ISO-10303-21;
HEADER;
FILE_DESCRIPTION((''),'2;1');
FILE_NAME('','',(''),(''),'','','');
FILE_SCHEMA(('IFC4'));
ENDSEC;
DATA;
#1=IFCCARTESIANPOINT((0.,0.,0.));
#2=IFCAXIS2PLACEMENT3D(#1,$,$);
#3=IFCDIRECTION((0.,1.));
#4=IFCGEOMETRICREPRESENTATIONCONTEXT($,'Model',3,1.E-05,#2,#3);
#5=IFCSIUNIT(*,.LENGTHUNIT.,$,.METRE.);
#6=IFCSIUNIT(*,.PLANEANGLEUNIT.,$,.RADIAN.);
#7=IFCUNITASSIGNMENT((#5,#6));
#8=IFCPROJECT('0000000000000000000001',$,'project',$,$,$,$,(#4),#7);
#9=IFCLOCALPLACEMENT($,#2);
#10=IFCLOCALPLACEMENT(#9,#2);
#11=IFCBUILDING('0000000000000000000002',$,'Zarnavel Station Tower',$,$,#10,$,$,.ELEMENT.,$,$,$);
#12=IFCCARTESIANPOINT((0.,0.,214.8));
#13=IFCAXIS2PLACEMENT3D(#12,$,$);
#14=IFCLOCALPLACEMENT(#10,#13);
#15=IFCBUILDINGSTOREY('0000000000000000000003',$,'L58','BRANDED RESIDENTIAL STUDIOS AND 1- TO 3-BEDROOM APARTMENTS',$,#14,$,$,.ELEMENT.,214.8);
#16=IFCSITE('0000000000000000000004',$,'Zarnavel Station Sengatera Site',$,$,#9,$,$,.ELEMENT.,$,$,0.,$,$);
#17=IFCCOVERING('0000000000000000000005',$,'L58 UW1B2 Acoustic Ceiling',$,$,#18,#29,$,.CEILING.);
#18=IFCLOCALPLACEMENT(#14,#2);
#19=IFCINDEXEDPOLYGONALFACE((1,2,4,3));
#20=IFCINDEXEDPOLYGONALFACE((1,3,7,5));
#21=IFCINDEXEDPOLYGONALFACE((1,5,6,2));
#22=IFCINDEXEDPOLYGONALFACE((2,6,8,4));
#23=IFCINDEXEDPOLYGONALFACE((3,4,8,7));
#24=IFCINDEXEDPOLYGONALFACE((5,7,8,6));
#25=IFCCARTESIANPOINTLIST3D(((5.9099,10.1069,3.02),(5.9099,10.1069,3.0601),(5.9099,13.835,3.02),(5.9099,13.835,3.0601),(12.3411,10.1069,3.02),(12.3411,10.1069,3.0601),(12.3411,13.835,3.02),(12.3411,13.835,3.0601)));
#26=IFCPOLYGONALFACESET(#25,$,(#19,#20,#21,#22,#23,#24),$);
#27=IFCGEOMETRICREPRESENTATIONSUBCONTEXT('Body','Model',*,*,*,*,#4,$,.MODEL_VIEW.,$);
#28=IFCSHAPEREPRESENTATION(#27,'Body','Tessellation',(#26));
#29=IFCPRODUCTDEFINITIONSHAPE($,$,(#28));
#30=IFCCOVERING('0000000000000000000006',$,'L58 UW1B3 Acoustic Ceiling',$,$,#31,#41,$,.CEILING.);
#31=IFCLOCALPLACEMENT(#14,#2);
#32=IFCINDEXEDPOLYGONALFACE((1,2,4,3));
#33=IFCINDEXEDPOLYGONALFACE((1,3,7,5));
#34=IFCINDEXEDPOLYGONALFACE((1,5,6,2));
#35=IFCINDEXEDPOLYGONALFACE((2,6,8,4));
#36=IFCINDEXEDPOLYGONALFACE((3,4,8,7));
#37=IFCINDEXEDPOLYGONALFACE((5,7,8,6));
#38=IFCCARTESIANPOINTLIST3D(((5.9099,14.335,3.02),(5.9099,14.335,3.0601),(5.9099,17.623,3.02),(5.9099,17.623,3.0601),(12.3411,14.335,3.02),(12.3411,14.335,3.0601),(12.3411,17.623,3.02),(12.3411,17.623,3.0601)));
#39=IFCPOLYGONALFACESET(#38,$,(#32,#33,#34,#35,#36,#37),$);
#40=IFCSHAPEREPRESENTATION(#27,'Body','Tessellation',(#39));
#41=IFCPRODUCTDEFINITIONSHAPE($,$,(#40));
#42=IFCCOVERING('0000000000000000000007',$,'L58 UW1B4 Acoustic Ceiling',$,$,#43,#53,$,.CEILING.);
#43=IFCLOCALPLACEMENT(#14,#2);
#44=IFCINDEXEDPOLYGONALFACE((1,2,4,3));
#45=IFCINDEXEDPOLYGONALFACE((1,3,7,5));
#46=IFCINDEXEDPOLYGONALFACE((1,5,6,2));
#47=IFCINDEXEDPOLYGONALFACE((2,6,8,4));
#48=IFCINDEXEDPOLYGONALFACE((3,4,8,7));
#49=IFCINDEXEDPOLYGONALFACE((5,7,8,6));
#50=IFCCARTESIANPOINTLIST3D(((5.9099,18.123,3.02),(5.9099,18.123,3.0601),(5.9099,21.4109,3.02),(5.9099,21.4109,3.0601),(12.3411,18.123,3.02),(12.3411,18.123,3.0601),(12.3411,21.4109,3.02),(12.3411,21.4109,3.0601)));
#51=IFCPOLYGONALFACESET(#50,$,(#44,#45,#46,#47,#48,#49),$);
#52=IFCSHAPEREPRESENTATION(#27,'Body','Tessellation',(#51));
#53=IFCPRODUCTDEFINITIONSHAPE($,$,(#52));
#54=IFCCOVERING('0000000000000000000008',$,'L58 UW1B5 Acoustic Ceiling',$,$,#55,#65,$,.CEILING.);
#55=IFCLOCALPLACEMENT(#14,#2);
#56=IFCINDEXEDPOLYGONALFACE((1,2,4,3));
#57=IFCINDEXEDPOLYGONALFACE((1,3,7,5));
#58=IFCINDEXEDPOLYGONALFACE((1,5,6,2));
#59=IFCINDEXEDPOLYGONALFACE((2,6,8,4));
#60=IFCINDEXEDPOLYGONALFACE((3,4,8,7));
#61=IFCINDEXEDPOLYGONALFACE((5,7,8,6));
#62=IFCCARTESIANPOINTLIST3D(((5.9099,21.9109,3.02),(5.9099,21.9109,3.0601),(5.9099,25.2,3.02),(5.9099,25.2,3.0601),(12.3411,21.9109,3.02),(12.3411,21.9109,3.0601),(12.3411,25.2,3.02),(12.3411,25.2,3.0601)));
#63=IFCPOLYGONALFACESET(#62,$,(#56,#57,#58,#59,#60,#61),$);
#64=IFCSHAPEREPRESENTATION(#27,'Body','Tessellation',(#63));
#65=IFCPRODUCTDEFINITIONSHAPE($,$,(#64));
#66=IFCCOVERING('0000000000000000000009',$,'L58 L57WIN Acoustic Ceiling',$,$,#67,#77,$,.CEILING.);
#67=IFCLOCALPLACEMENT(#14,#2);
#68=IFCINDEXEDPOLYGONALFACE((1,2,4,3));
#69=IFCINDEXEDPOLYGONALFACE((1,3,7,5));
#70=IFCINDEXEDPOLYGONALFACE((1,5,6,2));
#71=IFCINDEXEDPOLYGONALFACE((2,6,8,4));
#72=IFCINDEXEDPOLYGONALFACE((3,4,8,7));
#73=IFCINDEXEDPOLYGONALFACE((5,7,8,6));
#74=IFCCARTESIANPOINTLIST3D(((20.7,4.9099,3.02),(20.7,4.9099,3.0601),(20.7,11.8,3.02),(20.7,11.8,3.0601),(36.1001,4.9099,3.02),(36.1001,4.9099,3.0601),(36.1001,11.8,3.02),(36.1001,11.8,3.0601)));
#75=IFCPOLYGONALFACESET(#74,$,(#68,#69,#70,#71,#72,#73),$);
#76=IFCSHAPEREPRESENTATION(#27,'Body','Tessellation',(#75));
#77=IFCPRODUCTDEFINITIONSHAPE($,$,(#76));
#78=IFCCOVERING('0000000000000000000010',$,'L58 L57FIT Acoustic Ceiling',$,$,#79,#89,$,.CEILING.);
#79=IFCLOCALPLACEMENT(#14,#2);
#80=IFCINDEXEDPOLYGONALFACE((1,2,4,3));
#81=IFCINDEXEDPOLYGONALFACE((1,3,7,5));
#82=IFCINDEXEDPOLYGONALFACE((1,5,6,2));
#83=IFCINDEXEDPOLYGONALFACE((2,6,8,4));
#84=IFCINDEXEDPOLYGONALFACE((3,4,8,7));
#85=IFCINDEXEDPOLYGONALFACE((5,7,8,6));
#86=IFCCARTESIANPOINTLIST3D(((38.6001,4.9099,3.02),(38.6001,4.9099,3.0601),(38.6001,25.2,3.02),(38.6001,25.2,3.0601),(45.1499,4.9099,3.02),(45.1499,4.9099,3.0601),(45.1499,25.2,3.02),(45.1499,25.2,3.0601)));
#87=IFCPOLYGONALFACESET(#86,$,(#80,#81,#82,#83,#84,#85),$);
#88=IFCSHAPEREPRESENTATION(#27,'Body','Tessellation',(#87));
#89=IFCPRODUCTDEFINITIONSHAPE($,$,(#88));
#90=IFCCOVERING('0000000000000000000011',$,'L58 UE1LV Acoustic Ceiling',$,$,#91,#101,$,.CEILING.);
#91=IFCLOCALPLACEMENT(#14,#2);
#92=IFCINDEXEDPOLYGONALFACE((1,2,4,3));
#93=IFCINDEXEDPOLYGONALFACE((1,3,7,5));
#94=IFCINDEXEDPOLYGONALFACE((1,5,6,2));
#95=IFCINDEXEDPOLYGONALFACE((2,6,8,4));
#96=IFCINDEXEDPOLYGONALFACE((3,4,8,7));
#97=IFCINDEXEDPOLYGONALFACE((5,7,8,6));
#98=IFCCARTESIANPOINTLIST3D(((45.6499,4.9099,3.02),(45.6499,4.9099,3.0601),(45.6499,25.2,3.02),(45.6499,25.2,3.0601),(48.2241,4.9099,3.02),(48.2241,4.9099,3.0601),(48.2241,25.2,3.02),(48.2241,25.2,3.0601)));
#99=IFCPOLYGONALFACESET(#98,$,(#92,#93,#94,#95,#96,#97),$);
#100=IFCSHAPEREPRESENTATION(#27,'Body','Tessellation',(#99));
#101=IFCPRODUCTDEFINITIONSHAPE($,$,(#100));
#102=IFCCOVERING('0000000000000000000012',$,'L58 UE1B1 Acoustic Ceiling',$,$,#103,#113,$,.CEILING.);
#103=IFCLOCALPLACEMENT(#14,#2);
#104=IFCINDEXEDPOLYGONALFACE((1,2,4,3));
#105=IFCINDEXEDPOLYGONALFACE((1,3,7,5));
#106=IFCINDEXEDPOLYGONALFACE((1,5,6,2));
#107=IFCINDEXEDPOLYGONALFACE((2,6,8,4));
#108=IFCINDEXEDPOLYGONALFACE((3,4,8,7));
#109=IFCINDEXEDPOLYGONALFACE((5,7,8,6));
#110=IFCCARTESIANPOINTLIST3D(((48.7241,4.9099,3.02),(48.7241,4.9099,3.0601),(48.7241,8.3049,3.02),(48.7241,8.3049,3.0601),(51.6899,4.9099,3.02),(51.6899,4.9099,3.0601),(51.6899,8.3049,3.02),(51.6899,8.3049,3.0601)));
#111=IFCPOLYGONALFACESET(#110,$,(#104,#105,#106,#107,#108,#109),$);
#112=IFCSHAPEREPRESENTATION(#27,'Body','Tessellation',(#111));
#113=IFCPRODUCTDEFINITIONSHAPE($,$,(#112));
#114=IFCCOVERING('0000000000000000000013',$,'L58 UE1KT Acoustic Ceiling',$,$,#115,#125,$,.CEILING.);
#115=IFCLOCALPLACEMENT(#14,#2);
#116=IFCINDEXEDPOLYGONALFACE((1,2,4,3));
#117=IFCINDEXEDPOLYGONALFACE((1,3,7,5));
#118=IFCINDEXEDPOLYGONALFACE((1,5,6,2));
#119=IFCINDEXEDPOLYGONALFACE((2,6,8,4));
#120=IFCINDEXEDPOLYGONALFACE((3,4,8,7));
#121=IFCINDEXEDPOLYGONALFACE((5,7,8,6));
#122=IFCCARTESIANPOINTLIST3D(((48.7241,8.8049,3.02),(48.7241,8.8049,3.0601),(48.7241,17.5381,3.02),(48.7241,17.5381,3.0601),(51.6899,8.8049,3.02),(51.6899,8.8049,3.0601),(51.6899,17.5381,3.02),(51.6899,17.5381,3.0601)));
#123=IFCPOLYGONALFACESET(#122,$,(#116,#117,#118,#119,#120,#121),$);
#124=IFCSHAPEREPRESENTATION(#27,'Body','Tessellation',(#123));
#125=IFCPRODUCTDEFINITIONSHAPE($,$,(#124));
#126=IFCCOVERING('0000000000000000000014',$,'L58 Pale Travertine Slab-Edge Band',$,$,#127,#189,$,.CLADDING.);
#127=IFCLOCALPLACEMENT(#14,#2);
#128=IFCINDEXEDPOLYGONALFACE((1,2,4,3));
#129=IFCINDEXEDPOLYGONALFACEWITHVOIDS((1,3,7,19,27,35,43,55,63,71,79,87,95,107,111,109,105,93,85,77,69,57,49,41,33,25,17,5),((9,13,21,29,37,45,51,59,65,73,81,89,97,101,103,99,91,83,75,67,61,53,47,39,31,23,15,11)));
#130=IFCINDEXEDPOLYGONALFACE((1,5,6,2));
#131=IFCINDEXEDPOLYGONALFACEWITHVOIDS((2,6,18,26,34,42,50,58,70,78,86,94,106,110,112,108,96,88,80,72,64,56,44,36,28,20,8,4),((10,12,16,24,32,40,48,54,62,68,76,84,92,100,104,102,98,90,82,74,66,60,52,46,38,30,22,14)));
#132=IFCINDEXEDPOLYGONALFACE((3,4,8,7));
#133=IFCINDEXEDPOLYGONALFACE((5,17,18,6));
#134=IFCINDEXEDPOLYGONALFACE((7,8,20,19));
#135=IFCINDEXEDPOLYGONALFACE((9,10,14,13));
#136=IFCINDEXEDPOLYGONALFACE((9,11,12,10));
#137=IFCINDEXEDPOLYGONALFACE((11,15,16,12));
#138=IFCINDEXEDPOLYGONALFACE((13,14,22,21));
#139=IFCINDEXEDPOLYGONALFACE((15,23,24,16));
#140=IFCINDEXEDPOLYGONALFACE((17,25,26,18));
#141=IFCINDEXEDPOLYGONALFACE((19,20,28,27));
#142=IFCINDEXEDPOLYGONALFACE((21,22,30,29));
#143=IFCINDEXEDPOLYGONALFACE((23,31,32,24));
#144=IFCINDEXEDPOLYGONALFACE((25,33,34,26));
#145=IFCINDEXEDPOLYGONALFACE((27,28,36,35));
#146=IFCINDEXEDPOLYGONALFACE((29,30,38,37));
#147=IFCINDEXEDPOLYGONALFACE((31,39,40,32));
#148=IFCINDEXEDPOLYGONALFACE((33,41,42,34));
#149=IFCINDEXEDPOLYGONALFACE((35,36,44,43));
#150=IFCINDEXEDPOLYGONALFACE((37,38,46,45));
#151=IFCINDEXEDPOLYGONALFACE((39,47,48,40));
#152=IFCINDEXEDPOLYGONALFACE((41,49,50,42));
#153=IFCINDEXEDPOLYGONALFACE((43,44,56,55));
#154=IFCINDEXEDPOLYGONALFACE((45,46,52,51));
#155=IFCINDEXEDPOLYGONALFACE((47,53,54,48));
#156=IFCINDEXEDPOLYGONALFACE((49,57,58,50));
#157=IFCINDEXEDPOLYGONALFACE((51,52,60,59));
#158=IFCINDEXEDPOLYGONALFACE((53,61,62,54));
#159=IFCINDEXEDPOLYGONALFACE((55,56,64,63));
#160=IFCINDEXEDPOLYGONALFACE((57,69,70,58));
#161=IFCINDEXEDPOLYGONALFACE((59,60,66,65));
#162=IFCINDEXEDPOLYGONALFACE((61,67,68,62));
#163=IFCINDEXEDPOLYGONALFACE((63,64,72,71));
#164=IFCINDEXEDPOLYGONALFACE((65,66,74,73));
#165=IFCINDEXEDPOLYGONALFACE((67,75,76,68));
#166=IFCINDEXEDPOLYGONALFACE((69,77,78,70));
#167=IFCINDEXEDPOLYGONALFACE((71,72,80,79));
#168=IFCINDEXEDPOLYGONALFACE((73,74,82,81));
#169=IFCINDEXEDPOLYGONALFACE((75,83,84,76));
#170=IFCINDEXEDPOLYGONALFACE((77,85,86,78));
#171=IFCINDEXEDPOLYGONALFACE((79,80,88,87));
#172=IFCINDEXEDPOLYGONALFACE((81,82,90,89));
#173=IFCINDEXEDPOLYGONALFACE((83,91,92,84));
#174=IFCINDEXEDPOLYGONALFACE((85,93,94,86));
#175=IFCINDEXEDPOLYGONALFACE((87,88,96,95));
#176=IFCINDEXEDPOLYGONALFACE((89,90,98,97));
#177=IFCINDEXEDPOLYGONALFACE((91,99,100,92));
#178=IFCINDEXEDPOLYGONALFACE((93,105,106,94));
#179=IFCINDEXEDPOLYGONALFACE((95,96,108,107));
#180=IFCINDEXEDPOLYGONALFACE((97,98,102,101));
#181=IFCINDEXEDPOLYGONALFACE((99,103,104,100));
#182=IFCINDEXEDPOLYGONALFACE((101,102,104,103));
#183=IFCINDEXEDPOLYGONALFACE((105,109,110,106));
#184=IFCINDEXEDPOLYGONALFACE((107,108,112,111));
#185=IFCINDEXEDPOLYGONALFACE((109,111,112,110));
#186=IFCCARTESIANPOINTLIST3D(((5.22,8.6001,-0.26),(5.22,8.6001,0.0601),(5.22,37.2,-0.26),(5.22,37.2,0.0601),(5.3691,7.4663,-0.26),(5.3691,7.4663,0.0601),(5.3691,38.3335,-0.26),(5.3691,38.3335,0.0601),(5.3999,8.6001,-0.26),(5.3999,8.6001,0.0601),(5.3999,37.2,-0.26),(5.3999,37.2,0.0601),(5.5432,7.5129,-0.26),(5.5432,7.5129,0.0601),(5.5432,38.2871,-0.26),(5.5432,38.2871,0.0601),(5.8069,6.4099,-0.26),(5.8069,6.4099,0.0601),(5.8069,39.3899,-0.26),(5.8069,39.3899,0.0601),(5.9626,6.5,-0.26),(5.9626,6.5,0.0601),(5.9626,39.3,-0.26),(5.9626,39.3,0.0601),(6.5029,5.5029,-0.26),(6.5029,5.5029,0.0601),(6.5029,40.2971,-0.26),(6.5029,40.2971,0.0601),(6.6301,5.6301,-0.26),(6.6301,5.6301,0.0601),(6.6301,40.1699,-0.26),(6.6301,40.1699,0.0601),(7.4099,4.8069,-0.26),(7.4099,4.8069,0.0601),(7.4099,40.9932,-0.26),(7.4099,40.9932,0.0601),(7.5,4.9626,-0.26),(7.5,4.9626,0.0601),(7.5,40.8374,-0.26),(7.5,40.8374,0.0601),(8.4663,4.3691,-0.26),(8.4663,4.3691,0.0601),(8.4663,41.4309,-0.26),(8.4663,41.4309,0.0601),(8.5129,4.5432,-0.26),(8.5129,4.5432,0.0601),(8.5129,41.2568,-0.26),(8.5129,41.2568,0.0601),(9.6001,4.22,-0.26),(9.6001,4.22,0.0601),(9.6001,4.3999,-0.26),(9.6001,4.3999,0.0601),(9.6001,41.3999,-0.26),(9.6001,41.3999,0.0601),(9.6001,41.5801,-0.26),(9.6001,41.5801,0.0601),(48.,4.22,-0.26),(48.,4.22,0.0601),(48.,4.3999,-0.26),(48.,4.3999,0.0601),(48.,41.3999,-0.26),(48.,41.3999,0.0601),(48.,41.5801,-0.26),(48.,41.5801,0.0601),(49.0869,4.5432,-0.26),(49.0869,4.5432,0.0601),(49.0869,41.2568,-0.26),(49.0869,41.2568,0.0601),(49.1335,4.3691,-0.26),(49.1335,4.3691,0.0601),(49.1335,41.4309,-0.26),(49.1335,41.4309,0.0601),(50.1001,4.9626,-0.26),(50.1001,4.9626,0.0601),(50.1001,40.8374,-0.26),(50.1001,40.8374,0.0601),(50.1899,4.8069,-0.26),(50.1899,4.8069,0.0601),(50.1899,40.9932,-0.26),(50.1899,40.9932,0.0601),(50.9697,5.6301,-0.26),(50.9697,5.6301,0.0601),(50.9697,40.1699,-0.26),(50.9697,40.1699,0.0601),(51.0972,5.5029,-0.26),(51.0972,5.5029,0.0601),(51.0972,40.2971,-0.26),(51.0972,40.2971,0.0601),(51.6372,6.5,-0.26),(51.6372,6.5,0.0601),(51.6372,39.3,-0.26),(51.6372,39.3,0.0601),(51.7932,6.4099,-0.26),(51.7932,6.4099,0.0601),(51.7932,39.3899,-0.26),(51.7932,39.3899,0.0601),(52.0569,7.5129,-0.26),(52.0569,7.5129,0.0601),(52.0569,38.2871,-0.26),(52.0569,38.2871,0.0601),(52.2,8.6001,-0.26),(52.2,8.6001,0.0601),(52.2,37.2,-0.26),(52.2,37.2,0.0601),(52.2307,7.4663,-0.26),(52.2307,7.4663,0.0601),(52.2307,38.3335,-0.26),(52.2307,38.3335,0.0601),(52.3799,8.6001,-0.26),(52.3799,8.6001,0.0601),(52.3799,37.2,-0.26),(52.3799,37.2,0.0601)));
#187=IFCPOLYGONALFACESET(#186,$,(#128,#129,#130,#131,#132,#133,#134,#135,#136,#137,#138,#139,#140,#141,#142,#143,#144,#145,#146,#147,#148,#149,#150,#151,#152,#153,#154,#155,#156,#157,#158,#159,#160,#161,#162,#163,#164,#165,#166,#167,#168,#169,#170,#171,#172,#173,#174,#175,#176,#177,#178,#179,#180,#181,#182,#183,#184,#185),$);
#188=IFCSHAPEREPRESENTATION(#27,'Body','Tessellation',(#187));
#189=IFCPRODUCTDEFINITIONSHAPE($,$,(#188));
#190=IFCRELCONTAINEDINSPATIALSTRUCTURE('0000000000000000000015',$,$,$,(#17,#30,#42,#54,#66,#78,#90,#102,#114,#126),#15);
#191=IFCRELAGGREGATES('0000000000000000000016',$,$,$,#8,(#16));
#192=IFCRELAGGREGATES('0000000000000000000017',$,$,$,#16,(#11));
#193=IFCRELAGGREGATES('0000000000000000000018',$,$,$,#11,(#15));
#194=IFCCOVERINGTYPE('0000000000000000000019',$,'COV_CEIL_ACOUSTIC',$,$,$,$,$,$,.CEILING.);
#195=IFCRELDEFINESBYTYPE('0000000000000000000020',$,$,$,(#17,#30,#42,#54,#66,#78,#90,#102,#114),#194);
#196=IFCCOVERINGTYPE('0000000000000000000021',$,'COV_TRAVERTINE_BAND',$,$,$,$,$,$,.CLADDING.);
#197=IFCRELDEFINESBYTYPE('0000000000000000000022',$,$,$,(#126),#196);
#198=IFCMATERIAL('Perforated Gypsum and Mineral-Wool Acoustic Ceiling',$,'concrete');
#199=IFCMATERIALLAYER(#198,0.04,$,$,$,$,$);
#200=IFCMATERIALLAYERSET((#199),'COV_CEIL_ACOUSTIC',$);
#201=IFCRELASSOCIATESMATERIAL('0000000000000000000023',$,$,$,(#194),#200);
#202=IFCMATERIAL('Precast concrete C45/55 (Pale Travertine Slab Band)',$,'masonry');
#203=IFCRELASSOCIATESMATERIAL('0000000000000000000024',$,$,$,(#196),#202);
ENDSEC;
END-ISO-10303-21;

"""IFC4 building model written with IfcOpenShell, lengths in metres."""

from ifc_helpers import new_model, si_unit, direction, frame, origin, place, context, subcontext, project, spatial, polyline, outline, extrude, material, layer, layer_set, type_object, element, save


model = new_model("IFC4")

# Units and contexts
model_context = context("Model", 3, precision=1e-05, world=origin(), true_north=direction((0.0, 1.0)))
body_context = subcontext(model_context, "Body", "Model", "MODEL_VIEW")
ifc_project = project(units=[si_unit("LENGTHUNIT", "METRE"), si_unit("PLANEANGLEUNIT", "RADIAN")], contexts=[model_context])

# Site, building, storey
site_placement = place(None, origin())
site = spatial("IfcSite", under=ifc_project, at=site_placement, Name="Zarnavel Station Sengatera Site", CompositionType="ELEMENT", RefElevation=0.0)
building_placement = place(site_placement, origin())
building = spatial("IfcBuilding", under=site, at=building_placement, Name="Zarnavel Station Tower", CompositionType="ELEMENT")
storey_placement = place(building_placement, frame((0.0, 0.0, 214.8)))
storey = spatial("IfcBuildingStorey", under=building, at=storey_placement, Name="L58", Description="BRANDED RESIDENTIAL STUDIOS AND 1- TO 3-BEDROOM APARTMENTS", CompositionType="ELEMENT", Elevation=214.8)

# Coverings
ifc_material_1 = material(Name="Perforated Gypsum and Mineral-Wool Acoustic Ceiling", Category="concrete")
ifc_layer_1 = layer(ifc_material_1, 0.04)
ifc_layer_set_1 = layer_set([ifc_layer_1], Name="COV_CEIL_ACOUSTIC")
covering_type_1 = type_object("IfcCoveringType", Name="COV_CEIL_ACOUSTIC", PredefinedType="CEILING", material=ifc_layer_set_1)
covering_1_placement = place(storey_placement, frame((0.0, 0.0, 3.02)))
element("IfcCovering", 1, at=covering_1_placement, inside=storey, type_object=covering_type_1, Name="L58 UW1B2 Acoustic Ceiling", PredefinedType="CEILING", context=body_context, shape_type="SweptSolid", body=[
    extrude(outline(polyline([(5.9099, 10.1069), (12.3411, 10.1069), (12.3411, 13.835), (5.9099, 13.835), (5.9099, 10.1069)])), origin(), (0.0, 0.0, 1.0), 0.04),
])
covering_2_placement = place(storey_placement, frame((0.0, 0.0, 3.02)))
element("IfcCovering", 2, at=covering_2_placement, inside=storey, type_object=covering_type_1, Name="L58 UW1B3 Acoustic Ceiling", PredefinedType="CEILING", context=body_context, shape_type="SweptSolid", body=[
    extrude(outline(polyline([(5.9099, 14.335), (12.3411, 14.335), (12.3411, 17.623), (5.9099, 17.623), (5.9099, 14.335)])), origin(), (0.0, 0.0, 1.0), 0.04),
])
covering_3_placement = place(storey_placement, frame((0.0, 0.0, 3.02)))
element("IfcCovering", 3, at=covering_3_placement, inside=storey, type_object=covering_type_1, Name="L58 UW1B4 Acoustic Ceiling", PredefinedType="CEILING", context=body_context, shape_type="SweptSolid", body=[
    extrude(outline(polyline([(5.9099, 18.123), (12.3411, 18.123), (12.3411, 21.4109), (5.9099, 21.4109), (5.9099, 18.123)])), origin(), (0.0, 0.0, 1.0), 0.04),
])
covering_4_placement = place(storey_placement, frame((0.0, 0.0, 3.02)))
element("IfcCovering", 4, at=covering_4_placement, inside=storey, type_object=covering_type_1, Name="L58 UW1B5 Acoustic Ceiling", PredefinedType="CEILING", context=body_context, shape_type="SweptSolid", body=[
    extrude(outline(polyline([(5.9099, 21.9109), (12.3411, 21.9109), (12.3411, 25.2), (5.9099, 25.2), (5.9099, 21.9109)])), origin(), (0.0, 0.0, 1.0), 0.04),
])
covering_5_placement = place(storey_placement, frame((0.0, 0.0, 3.02)))
element("IfcCovering", 5, at=covering_5_placement, inside=storey, type_object=covering_type_1, Name="L58 L57WIN Acoustic Ceiling", PredefinedType="CEILING", context=body_context, shape_type="SweptSolid", body=[
    extrude(outline(polyline([(20.7, 4.9099), (36.1001, 4.9099), (36.1001, 11.8), (20.7, 11.8), (20.7, 4.9099)])), origin(), (0.0, 0.0, 1.0), 0.04),
])
covering_6_placement = place(storey_placement, frame((0.0, 0.0, 3.02)))
element("IfcCovering", 6, at=covering_6_placement, inside=storey, type_object=covering_type_1, Name="L58 L57FIT Acoustic Ceiling", PredefinedType="CEILING", context=body_context, shape_type="SweptSolid", body=[
    extrude(outline(polyline([(38.6001, 4.9099), (45.1499, 4.9099), (45.1499, 25.2), (38.6001, 25.2), (38.6001, 4.9099)])), origin(), (0.0, 0.0, 1.0), 0.04),
])
covering_7_placement = place(storey_placement, frame((0.0, 0.0, 3.02)))
element("IfcCovering", 7, at=covering_7_placement, inside=storey, type_object=covering_type_1, Name="L58 UE1LV Acoustic Ceiling", PredefinedType="CEILING", context=body_context, shape_type="SweptSolid", body=[
    extrude(outline(polyline([(45.6499, 4.9099), (48.2241, 4.9099), (48.2241, 25.2), (45.6499, 25.2), (45.6499, 4.9099)])), origin(), (0.0, 0.0, 1.0), 0.04),
])
covering_8_placement = place(storey_placement, frame((0.0, 0.0, 3.02)))
element("IfcCovering", 8, at=covering_8_placement, inside=storey, type_object=covering_type_1, Name="L58 UE1B1 Acoustic Ceiling", PredefinedType="CEILING", context=body_context, shape_type="SweptSolid", body=[
    extrude(outline(polyline([(48.7241, 4.9099), (51.6899, 4.9099), (51.6899, 8.3049), (48.7241, 8.3049), (48.7241, 4.9099)])), origin(), (0.0, 0.0, 1.0), 0.04),
])
covering_9_placement = place(storey_placement, frame((0.0, 0.0, 3.02)))
element("IfcCovering", 9, at=covering_9_placement, inside=storey, type_object=covering_type_1, Name="L58 UE1KT Acoustic Ceiling", PredefinedType="CEILING", context=body_context, shape_type="SweptSolid", body=[
    extrude(outline(polyline([(48.7241, 8.8049), (51.6899, 8.8049), (51.6899, 17.5381), (48.7241, 17.5381), (48.7241, 8.8049)])), origin(), (0.0, 0.0, 1.0), 0.04),
])
ifc_material_2 = material(Name="Precast concrete C45/55 (Pale Travertine Slab Band)", Category="masonry")
covering_type_2 = type_object("IfcCoveringType", Name="COV_TRAVERTINE_BAND", PredefinedType="CLADDING", material=ifc_material_2)
covering_10_placement = place(storey_placement, frame((0.0, 0.0, -0.26)))
element("IfcCovering", 10, at=covering_10_placement, inside=storey, type_object=covering_type_2, Name="L58 Pale Travertine Slab-Edge Band", PredefinedType="CLADDING", context=body_context, shape_type="SweptSolid", body=[
    extrude(outline(polyline([(48.0, 4.22), (49.1335, 4.3691), (50.1899, 4.8069), (51.0972, 5.5029), (51.7932, 6.4099), (52.2307, 7.4663), (52.3799, 8.6001), (52.3799, 37.2), (52.2307, 38.3335), (51.7932, 39.3899), (51.0972, 40.2971), (50.1899, 40.9932), (49.1335, 41.4309), (48.0, 41.5801), (9.6001, 41.5801), (8.4663, 41.4309), (7.4099, 40.9932), (6.5029, 40.2971), (5.8069, 39.3899), (5.3691, 38.3335), (5.22, 37.2), (5.22, 8.6001), (5.3691, 7.4663), (5.8069, 6.4099), (6.5029, 5.5029), (7.4099, 4.8069), (8.4663, 4.3691), (9.6001, 4.22), (48.0, 4.22)]), holes=[polyline([(48.0, 4.3999), (49.0869, 4.5432), (50.1001, 4.9626), (50.9697, 5.6301), (51.6372, 6.5), (52.0569, 7.5129), (52.2, 8.6001), (52.2, 37.2), (52.0569, 38.2871), (51.6372, 39.3), (50.9697, 40.1699), (50.1001, 40.8374), (49.0869, 41.2568), (48.0, 41.3999), (9.6001, 41.3999), (8.5129, 41.2568), (7.5, 40.8374), (6.6301, 40.1699), (5.9626, 39.3), (5.5432, 38.2871), (5.3999, 37.2), (5.3999, 8.6001), (5.5432, 7.5129), (5.9626, 6.5), (6.6301, 5.6301), (7.5, 4.9626), (8.5129, 4.5432), (9.6001, 4.3999), (48.0, 4.3999)])]), origin(), (0.0, 0.0, 1.0), 0.3201),
])

save(model, "model.ifc")
